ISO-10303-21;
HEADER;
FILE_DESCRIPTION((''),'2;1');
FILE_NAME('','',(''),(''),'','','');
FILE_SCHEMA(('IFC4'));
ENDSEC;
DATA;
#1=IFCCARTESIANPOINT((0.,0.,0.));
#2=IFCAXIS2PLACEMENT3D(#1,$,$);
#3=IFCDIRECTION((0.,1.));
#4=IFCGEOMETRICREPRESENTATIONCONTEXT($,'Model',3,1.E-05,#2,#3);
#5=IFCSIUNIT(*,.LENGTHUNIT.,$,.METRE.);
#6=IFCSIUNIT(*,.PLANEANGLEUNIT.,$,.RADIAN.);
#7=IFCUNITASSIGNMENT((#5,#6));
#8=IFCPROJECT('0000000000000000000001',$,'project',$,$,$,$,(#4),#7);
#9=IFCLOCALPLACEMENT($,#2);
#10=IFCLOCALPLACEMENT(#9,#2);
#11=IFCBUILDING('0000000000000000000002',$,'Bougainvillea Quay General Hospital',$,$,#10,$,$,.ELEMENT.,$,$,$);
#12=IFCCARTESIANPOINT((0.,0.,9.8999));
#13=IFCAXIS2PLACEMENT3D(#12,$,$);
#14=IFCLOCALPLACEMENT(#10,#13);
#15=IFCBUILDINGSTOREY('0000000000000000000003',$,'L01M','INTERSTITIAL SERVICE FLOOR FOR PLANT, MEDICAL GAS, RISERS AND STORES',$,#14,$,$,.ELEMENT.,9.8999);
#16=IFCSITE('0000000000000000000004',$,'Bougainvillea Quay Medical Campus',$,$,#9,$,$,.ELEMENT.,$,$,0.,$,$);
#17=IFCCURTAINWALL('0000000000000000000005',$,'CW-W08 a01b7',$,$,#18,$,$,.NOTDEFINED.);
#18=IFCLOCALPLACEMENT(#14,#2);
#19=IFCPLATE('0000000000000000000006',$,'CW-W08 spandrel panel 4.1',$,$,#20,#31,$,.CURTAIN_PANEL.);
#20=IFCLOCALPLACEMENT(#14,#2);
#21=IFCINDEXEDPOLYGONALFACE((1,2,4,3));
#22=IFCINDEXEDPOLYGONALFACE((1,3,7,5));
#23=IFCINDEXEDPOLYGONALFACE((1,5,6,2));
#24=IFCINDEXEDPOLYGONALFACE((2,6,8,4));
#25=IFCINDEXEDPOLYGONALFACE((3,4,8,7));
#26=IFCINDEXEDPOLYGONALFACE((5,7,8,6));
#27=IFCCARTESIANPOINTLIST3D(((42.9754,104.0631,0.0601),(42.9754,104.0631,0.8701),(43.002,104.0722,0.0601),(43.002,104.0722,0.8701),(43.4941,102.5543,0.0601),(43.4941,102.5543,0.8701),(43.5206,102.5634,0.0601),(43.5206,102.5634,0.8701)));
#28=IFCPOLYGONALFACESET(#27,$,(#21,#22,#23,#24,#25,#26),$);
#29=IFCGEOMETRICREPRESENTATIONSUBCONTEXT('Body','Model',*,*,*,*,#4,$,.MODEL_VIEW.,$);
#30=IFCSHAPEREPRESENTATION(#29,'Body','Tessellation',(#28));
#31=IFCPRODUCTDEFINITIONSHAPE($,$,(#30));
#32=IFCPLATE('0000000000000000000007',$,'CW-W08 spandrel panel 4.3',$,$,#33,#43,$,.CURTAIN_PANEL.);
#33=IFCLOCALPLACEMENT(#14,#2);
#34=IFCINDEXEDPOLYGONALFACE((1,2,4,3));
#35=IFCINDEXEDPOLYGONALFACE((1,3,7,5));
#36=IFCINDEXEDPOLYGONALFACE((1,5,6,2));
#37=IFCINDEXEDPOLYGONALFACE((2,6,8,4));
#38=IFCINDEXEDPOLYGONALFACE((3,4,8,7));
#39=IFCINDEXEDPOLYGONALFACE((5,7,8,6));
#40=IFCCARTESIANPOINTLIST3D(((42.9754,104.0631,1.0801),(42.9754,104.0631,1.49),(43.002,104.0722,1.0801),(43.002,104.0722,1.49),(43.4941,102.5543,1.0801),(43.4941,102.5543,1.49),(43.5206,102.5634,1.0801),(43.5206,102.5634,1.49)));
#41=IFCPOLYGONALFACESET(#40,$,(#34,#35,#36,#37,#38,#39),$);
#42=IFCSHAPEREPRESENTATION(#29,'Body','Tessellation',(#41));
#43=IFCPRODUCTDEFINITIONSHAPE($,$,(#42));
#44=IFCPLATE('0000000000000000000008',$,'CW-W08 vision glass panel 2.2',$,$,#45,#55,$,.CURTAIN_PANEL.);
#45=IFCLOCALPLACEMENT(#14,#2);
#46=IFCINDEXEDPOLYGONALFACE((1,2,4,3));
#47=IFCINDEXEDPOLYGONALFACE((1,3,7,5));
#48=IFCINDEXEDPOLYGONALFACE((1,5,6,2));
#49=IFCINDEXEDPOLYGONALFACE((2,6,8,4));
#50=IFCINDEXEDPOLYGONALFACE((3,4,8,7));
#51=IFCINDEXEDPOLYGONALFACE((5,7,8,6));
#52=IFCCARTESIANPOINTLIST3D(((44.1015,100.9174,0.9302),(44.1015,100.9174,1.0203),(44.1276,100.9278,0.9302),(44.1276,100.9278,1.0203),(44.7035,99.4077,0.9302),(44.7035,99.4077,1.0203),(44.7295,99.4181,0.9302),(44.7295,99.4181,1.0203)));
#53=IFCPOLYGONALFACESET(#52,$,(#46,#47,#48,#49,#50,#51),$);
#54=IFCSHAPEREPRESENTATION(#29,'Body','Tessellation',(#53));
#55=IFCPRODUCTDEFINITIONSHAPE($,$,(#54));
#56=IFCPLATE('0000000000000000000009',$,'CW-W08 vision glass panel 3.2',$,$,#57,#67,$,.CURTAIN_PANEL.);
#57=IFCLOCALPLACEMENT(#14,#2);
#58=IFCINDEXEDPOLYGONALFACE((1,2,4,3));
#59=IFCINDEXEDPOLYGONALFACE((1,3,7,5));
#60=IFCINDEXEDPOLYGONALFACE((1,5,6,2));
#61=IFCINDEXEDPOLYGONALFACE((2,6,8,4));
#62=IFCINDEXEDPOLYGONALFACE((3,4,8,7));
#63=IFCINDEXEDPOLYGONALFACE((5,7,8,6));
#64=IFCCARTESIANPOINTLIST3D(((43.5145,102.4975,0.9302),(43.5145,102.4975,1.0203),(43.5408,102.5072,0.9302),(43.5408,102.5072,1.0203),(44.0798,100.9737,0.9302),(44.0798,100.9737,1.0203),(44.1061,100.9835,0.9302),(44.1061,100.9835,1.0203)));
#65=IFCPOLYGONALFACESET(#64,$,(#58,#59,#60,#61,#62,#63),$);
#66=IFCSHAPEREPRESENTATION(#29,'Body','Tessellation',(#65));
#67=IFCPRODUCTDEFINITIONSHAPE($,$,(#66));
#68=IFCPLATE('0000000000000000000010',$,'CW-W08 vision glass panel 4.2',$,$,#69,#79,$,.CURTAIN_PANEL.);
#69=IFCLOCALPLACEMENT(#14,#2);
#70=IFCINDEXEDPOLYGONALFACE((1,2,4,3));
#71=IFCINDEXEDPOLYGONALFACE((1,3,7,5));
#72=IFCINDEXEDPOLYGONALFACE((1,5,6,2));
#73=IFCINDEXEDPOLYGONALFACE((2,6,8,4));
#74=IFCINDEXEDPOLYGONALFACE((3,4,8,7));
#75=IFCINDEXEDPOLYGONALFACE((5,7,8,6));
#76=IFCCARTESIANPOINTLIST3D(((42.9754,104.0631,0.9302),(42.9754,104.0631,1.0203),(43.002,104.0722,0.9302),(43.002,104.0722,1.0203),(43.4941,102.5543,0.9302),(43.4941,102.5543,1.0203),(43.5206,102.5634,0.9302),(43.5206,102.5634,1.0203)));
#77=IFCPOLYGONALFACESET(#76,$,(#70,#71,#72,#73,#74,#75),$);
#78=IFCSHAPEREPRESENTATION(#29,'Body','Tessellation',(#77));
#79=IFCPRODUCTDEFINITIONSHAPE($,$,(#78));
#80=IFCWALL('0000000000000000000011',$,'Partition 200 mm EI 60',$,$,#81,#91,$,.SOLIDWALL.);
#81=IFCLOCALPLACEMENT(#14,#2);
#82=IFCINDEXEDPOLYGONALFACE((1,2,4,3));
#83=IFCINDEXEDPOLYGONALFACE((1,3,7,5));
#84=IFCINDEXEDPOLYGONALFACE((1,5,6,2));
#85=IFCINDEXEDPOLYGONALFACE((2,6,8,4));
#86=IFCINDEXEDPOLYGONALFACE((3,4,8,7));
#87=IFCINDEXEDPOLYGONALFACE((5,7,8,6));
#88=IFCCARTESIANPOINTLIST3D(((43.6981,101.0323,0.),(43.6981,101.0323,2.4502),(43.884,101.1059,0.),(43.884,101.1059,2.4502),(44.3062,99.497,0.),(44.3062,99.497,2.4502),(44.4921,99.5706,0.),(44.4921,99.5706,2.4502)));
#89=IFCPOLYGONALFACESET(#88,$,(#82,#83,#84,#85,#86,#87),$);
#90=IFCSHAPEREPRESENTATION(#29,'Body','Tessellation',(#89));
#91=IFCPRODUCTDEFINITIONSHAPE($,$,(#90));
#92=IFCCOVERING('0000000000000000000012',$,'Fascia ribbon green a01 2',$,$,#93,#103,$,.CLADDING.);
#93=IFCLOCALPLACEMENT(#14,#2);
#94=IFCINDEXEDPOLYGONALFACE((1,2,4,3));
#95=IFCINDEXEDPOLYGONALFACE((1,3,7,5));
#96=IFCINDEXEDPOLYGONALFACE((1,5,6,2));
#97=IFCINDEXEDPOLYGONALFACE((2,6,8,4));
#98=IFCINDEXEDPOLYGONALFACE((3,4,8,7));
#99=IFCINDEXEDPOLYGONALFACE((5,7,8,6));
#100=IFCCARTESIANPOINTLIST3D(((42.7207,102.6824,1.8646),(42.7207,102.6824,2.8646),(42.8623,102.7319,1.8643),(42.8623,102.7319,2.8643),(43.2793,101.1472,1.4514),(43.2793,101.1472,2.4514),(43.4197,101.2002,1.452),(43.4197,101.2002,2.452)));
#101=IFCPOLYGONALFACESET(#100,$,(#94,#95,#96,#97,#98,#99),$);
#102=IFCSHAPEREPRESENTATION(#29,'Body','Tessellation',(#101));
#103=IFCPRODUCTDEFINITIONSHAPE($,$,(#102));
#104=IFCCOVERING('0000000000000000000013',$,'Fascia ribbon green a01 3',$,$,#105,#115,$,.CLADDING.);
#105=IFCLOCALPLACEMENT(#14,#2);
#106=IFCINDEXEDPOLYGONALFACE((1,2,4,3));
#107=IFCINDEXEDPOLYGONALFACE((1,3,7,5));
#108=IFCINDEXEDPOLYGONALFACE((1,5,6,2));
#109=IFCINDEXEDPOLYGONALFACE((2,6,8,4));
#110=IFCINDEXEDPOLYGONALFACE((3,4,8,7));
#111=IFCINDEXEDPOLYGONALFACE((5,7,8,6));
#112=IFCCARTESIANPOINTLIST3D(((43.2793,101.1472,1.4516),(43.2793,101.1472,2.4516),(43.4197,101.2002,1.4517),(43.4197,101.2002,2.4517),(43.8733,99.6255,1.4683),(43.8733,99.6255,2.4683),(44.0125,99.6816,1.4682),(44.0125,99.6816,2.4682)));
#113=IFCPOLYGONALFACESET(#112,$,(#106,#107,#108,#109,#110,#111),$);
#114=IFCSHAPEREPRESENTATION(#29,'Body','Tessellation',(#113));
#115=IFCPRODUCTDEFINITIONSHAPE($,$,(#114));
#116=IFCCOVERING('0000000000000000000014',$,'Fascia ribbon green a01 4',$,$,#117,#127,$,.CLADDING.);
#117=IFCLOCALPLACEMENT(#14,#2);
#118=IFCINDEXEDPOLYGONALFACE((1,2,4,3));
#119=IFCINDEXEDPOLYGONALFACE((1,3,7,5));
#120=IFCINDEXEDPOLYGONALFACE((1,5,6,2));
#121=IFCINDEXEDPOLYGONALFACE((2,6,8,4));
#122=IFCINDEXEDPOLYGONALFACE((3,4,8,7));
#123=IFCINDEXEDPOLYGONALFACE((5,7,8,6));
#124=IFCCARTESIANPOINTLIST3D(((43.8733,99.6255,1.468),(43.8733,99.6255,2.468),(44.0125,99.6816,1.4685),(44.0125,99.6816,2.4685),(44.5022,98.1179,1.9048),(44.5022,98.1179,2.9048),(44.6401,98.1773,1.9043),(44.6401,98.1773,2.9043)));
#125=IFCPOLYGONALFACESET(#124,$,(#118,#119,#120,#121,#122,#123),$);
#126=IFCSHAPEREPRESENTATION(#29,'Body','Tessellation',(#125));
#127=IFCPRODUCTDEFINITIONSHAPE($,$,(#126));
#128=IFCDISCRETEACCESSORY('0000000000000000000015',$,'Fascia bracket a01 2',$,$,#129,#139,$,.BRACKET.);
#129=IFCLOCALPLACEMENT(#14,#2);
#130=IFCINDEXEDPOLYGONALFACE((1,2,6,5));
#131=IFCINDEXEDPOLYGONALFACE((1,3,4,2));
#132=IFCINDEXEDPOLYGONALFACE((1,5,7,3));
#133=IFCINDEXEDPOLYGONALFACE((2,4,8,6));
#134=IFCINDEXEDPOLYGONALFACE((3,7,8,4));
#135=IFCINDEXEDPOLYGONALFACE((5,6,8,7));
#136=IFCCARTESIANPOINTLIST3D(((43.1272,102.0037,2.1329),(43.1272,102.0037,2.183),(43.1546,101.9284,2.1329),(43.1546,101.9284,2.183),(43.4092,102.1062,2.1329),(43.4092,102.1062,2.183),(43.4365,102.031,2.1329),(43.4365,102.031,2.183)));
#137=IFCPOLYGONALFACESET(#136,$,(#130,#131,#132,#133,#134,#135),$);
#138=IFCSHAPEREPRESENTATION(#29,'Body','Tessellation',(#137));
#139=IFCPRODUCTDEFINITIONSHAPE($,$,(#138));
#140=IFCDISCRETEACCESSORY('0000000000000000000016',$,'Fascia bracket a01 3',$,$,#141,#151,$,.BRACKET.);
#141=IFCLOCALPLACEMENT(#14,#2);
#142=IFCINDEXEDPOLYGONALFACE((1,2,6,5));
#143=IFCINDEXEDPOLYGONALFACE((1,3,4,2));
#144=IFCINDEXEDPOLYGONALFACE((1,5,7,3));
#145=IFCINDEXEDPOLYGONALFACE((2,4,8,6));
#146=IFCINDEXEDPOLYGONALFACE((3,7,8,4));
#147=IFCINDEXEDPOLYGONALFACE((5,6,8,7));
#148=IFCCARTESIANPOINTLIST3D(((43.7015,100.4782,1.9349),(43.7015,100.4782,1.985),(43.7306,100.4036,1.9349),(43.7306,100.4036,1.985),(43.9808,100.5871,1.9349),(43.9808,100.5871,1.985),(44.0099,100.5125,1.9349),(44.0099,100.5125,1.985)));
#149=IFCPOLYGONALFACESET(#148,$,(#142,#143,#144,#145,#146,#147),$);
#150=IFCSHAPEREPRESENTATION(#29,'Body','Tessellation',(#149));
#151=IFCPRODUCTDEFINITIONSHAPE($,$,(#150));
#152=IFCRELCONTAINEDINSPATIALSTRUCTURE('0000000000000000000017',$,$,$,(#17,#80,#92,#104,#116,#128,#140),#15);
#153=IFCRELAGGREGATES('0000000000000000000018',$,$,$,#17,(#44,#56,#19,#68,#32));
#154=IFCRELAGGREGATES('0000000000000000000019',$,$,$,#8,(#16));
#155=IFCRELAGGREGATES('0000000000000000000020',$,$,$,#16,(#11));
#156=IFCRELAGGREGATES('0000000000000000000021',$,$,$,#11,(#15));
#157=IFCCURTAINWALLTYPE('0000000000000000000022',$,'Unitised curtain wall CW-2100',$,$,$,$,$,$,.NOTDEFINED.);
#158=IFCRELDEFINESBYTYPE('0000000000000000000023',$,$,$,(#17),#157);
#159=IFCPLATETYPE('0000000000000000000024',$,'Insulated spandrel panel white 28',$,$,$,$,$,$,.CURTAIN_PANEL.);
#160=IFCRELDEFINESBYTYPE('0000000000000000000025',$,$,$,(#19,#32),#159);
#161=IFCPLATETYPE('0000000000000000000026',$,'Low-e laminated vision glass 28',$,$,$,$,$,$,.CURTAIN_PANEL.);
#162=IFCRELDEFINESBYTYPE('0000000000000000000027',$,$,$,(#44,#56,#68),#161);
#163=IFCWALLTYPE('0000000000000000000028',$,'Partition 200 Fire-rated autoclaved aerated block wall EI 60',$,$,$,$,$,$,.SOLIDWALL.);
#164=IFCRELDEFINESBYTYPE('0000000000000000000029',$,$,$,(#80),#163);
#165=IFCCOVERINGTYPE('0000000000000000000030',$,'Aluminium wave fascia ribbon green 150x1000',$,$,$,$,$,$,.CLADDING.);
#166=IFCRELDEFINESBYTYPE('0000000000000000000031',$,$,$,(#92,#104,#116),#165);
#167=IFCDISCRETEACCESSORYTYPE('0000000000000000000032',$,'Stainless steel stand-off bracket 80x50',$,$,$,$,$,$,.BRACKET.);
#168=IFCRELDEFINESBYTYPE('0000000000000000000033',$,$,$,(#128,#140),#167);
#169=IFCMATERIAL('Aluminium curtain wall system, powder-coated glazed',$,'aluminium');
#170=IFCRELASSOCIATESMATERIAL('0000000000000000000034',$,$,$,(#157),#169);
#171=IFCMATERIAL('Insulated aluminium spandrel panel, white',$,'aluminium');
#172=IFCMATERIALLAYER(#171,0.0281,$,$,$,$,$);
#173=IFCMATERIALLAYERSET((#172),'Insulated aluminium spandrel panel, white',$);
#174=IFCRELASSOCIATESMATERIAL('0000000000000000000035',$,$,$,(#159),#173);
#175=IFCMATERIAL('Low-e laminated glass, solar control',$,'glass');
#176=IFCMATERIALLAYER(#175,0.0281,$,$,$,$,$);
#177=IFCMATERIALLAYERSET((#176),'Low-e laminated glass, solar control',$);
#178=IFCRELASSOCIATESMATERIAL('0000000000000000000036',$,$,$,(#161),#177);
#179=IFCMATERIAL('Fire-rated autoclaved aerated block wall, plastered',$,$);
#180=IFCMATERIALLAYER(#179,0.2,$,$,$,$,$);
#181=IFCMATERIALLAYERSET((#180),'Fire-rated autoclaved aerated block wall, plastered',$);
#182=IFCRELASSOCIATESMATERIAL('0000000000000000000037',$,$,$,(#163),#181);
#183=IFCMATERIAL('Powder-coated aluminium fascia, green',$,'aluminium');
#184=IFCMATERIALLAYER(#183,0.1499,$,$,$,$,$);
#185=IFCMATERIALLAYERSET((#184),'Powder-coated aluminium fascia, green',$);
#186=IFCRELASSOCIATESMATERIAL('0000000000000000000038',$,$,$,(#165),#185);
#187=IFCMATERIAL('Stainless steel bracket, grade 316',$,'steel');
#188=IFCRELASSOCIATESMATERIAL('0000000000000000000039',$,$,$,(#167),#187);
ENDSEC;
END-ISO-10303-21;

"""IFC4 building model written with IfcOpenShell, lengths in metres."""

from ifc_helpers import new_model, si_unit, direction, frame, frame_2d, origin, origin_2d, place, context, subcontext, project, spatial, polyline, rectangle, outline, extrude, material, layer, layer_set, material_profile, profile_set, type_object, element, aggregate, save


model = new_model("IFC4")

# Units and contexts
model_context = context("Model", 3, precision=1e-05, world=origin(), true_north=direction((0.0, 1.0)))
body_context = subcontext(model_context, "Body", "Model", "MODEL_VIEW")
ifc_project = project(units=[si_unit("LENGTHUNIT", "METRE"), si_unit("PLANEANGLEUNIT", "RADIAN")], contexts=[model_context])

# Site, building, storey
site_placement = place(None, origin())
site = spatial("IfcSite", under=ifc_project, at=site_placement, Name="Bougainvillea Quay Medical Campus", CompositionType="ELEMENT", RefElevation=0.0)
building_placement = place(site_placement, origin())
building = spatial("IfcBuilding", under=site, at=building_placement, Name="Bougainvillea Quay General Hospital", CompositionType="ELEMENT")
storey_placement = place(building_placement, frame((0.0, 0.0, 9.8999)))
storey = spatial("IfcBuildingStorey", under=building, at=storey_placement, Name="L01M", Description="INTERSTITIAL SERVICE FLOOR FOR PLANT, MEDICAL GAS, RISERS AND STORES", CompositionType="ELEMENT", Elevation=9.8999)

# Curtain wall, plates
ifc_material_1 = material(Name="Aluminium curtain wall system, powder-coated glazed", Category="aluminium")
curtain_wall_type = type_object("IfcCurtainWallType", Name="Unitised curtain wall CW-2100", PredefinedType="NOTDEFINED", material=ifc_material_1)
curtain_wall_placement = place(storey_placement, origin())
curtain_wall = element("IfcCurtainWall", 1, at=curtain_wall_placement, inside=storey, type_object=curtain_wall_type, Name="CW-W08 a01b7", PredefinedType="NOTDEFINED")
ifc_material_2 = material(Name="Insulated aluminium spandrel panel, white", Category="aluminium")
ifc_layer_1 = layer(ifc_material_2, 0.0281)
ifc_layer_set_1 = layer_set([ifc_layer_1], Name="Insulated aluminium spandrel panel, white")
plate_type_1 = type_object("IfcPlateType", Name="Insulated spandrel panel white 28", PredefinedType="CURTAIN_PANEL", material=ifc_layer_set_1)
plate_1_placement = place(storey_placement, frame((43.248, 103.3132, 0.0601), z_axis=(0.0, 0.0, 1.0), x_axis=(-0.325079, 0.945687, 0.0)))
plate_1 = element("IfcPlate", 2, at=plate_1_placement, type_object=plate_type_1, Name="CW-W08 spandrel panel 4.1", PredefinedType="CURTAIN_PANEL", context=body_context, shape_type="SweptSolid", body=[
    extrude(rectangle(XDim=1.5955, YDim=0.0281, at=origin_2d()), origin(), (0.0, 0.0, 1.0), 0.8101),
])
plate_2_placement = place(storey_placement, frame((43.248, 103.3132, 1.0801), z_axis=(0.0, 0.0, 1.0), x_axis=(-0.325079, 0.945687, 0.0)))
plate_2 = element("IfcPlate", 3, at=plate_2_placement, type_object=plate_type_1, Name="CW-W08 spandrel panel 4.3", PredefinedType="CURTAIN_PANEL", context=body_context, shape_type="SweptSolid", body=[
    extrude(rectangle(XDim=1.5955, YDim=0.0281, at=origin_2d()), origin(), (0.0, 0.0, 1.0), 0.4099),
])
ifc_material_3 = material(Name="Low-e laminated glass, solar control", Category="glass")
ifc_layer_2 = layer(ifc_material_3, 0.0281)
ifc_layer_set_2 = layer_set([ifc_layer_2], Name="Low-e laminated glass, solar control")
plate_type_2 = type_object("IfcPlateType", Name="Low-e laminated vision glass 28", PredefinedType="CURTAIN_PANEL", material=ifc_layer_set_2)
plate_3_placement = place(storey_placement, frame((44.4155, 100.1677, 0.9302), z_axis=(0.0, 0.0, 1.0), x_axis=(-0.370384, 0.928879, 0.0)))
plate_3 = element("IfcPlate", 4, at=plate_3_placement, type_object=plate_type_2, Name="CW-W08 vision glass panel 2.2", PredefinedType="CURTAIN_PANEL", context=body_context, shape_type="SweptSolid", body=[
    extrude(rectangle(XDim=1.6252, YDim=0.0281, at=origin_2d()), origin(), (0.0, 0.0, 1.0), 0.0901),
])
plate_4_placement = place(storey_placement, frame((43.8103, 101.7405, 0.9302), z_axis=(0.0, 0.0, 1.0), x_axis=(-0.347833, 0.937556, 0.0)))
plate_4 = element("IfcPlate", 5, at=plate_4_placement, type_object=plate_type_2, Name="CW-W08 vision glass panel 3.2", PredefinedType="CURTAIN_PANEL", context=body_context, shape_type="SweptSolid", body=[
    extrude(rectangle(XDim=1.6252, YDim=0.0281, at=origin_2d()), origin(), (0.0, 0.0, 1.0), 0.0901),
])
plate_5_placement = place(storey_placement, frame((43.248, 103.3132, 0.9302), z_axis=(0.0, 0.0, 1.0), x_axis=(-0.325079, 0.945687, 0.0)))
plate_5 = element("IfcPlate", 6, at=plate_5_placement, type_object=plate_type_2, Name="CW-W08 vision glass panel 4.2", PredefinedType="CURTAIN_PANEL", context=body_context, shape_type="SweptSolid", body=[
    extrude(rectangle(XDim=1.5955, YDim=0.0281, at=origin_2d()), origin(), (0.0, 0.0, 1.0), 0.0901),
])
aggregate(curtain_wall, [plate_3, plate_4, plate_1, plate_5, plate_2])

# Wall
ifc_material_4 = material(Name="Fire-rated autoclaved aerated block wall, plastered")
ifc_layer_3 = layer(ifc_material_4, 0.2)
ifc_layer_set_3 = layer_set([ifc_layer_3], Name="Fire-rated autoclaved aerated block wall, plastered")
wall_type = type_object("IfcWallType", Name="Partition 200 Fire-rated autoclaved aerated block wall EI 60", PredefinedType="SOLIDWALL", material=ifc_layer_set_3)
wall_placement = place(storey_placement, frame((43.791, 101.0691, 0.0), z_axis=(0.0, 0.0, 1.0), x_axis=(0.368253, -0.929725, 0.0)))
element("IfcWall", 7, at=wall_placement, inside=storey, type_object=wall_type, Name="Partition 200 mm EI 60", PredefinedType="SOLIDWALL", context=body_context, shape_type="SweptSolid", body=[
    extrude(rectangle(XDim=1.6514, YDim=0.2, at=frame_2d((0.8257, 0.0))), origin(), (0.0, 0.0, 1.0), 2.4502),
])

# Coverings
ifc_material_5 = material(Name="Powder-coated aluminium fascia, green", Category="aluminium")
ifc_layer_4 = layer(ifc_material_5, 0.1499)
ifc_layer_set_4 = layer_set([ifc_layer_4], Name="Powder-coated aluminium fascia, green")
covering_type = type_object("IfcCoveringType", Name="Aluminium wave fascia ribbon green 150x1000", PredefinedType="CLADDING", material=ifc_layer_set_4)
covering_1_placement = place(storey_placement, frame((42.8623, 102.7319, 1.8643), z_axis=(0.083054, -0.230707, 0.969472), x_axis=(0.331509, -0.911032, -0.2452)))
element("IfcCovering", 8, at=covering_1_placement, inside=storey, type_object=covering_type, Name="Fascia ribbon green a01 2", PredefinedType="CLADDING", context=body_context, shape_type="SweptSolid", body=[
    extrude(outline(polyline([(0.0, 0.0), (1.6813, 0.0), (1.6832, -0.15), (-0.0019, -0.15), (0.0, 0.0)])), origin(), (-0.2452, 0.000816, 0.969472), 1.0),
])
covering_2_placement = place(storey_placement, frame((43.4197, 101.2002, 1.4517), z_axis=(-0.0037, 0.009476, 0.999948), x_axis=(0.363612, -0.931495, 0.010173)))
element("IfcCovering", 9, at=covering_2_placement, inside=storey, type_object=covering_type, Name="Fascia ribbon green a01 3", PredefinedType="CLADDING", context=body_context, shape_type="SweptSolid", body=[
    extrude(outline(polyline([(0.0, 0.0), (1.6302, 0.0), (1.6319, -0.1501), (-0.0017, -0.15), (0.0, 0.0)])), origin(), (0.010173, 0.0, 0.999948), 1.0),
])
covering_3_placement = place(storey_placement, frame((44.0125, 99.6816, 1.4685), z_axis=(-0.099357, 0.238416, 0.966067), x_axis=(0.371996, -0.891575, 0.25829)))
element("IfcCovering", 10, at=covering_3_placement, inside=storey, type_object=covering_type, Name="Fascia ribbon green a01 4", PredefinedType="CLADDING", context=body_context, shape_type="SweptSolid", body=[
    extrude(outline(polyline([(0.0, 0.0), (1.6873, 0.0), (1.689, -0.1501), (-0.0018, -0.1501), (0.0, 0.0)])), origin(), (0.25829, -0.000105, 0.966067), 1.0),
])

# Discrete accessories
ifc_material_6 = material(Name="Stainless steel bracket, grade 316", Category="steel")
ifc_material_profile_1 = material_profile(ifc_material_6, rectangle(XDim=0.0801, YDim=0.05, at=origin_2d()))
ifc_profile_set_1 = profile_set([ifc_material_profile_1], Name="Stainless steel bracket, grade 316")
discrete_accessory_type = type_object("IfcDiscreteAccessoryType", Name="Stainless steel stand-off bracket 80x50", PredefinedType="BRACKET", material=ifc_profile_set_1)
discrete_accessory_1_placement = place(storey_placement, frame((43.4229, 102.0686, 2.158), z_axis=(-0.939793, -0.341743, 0.0), x_axis=(0.341743, -0.939793, 0.0)))
element("IfcDiscreteAccessory", 11, at=discrete_accessory_1_placement, inside=storey, type_object=discrete_accessory_type, Name="Fascia bracket a01 2", PredefinedType="BRACKET", context=body_context, shape_type="SweptSolid", body=[
    extrude(rectangle(XDim=0.0801, YDim=0.05, at=origin_2d()), origin(), (0.0, 0.0, 1.0), 0.3),
])
discrete_accessory_2_placement = place(storey_placement, frame((43.9954, 100.5498, 1.96), z_axis=(-0.931699, -0.363232, 0.0), x_axis=(0.363232, -0.931699, 0.0)))
element("IfcDiscreteAccessory", 12, at=discrete_accessory_2_placement, inside=storey, type_object=discrete_accessory_type, Name="Fascia bracket a01 3", PredefinedType="BRACKET", context=body_context, shape_type="SweptSolid", body=[
    extrude(rectangle(XDim=0.0801, YDim=0.05, at=origin_2d()), origin(), (0.0, 0.0, 1.0), 0.2998),
])

save(model, "model.ifc")
